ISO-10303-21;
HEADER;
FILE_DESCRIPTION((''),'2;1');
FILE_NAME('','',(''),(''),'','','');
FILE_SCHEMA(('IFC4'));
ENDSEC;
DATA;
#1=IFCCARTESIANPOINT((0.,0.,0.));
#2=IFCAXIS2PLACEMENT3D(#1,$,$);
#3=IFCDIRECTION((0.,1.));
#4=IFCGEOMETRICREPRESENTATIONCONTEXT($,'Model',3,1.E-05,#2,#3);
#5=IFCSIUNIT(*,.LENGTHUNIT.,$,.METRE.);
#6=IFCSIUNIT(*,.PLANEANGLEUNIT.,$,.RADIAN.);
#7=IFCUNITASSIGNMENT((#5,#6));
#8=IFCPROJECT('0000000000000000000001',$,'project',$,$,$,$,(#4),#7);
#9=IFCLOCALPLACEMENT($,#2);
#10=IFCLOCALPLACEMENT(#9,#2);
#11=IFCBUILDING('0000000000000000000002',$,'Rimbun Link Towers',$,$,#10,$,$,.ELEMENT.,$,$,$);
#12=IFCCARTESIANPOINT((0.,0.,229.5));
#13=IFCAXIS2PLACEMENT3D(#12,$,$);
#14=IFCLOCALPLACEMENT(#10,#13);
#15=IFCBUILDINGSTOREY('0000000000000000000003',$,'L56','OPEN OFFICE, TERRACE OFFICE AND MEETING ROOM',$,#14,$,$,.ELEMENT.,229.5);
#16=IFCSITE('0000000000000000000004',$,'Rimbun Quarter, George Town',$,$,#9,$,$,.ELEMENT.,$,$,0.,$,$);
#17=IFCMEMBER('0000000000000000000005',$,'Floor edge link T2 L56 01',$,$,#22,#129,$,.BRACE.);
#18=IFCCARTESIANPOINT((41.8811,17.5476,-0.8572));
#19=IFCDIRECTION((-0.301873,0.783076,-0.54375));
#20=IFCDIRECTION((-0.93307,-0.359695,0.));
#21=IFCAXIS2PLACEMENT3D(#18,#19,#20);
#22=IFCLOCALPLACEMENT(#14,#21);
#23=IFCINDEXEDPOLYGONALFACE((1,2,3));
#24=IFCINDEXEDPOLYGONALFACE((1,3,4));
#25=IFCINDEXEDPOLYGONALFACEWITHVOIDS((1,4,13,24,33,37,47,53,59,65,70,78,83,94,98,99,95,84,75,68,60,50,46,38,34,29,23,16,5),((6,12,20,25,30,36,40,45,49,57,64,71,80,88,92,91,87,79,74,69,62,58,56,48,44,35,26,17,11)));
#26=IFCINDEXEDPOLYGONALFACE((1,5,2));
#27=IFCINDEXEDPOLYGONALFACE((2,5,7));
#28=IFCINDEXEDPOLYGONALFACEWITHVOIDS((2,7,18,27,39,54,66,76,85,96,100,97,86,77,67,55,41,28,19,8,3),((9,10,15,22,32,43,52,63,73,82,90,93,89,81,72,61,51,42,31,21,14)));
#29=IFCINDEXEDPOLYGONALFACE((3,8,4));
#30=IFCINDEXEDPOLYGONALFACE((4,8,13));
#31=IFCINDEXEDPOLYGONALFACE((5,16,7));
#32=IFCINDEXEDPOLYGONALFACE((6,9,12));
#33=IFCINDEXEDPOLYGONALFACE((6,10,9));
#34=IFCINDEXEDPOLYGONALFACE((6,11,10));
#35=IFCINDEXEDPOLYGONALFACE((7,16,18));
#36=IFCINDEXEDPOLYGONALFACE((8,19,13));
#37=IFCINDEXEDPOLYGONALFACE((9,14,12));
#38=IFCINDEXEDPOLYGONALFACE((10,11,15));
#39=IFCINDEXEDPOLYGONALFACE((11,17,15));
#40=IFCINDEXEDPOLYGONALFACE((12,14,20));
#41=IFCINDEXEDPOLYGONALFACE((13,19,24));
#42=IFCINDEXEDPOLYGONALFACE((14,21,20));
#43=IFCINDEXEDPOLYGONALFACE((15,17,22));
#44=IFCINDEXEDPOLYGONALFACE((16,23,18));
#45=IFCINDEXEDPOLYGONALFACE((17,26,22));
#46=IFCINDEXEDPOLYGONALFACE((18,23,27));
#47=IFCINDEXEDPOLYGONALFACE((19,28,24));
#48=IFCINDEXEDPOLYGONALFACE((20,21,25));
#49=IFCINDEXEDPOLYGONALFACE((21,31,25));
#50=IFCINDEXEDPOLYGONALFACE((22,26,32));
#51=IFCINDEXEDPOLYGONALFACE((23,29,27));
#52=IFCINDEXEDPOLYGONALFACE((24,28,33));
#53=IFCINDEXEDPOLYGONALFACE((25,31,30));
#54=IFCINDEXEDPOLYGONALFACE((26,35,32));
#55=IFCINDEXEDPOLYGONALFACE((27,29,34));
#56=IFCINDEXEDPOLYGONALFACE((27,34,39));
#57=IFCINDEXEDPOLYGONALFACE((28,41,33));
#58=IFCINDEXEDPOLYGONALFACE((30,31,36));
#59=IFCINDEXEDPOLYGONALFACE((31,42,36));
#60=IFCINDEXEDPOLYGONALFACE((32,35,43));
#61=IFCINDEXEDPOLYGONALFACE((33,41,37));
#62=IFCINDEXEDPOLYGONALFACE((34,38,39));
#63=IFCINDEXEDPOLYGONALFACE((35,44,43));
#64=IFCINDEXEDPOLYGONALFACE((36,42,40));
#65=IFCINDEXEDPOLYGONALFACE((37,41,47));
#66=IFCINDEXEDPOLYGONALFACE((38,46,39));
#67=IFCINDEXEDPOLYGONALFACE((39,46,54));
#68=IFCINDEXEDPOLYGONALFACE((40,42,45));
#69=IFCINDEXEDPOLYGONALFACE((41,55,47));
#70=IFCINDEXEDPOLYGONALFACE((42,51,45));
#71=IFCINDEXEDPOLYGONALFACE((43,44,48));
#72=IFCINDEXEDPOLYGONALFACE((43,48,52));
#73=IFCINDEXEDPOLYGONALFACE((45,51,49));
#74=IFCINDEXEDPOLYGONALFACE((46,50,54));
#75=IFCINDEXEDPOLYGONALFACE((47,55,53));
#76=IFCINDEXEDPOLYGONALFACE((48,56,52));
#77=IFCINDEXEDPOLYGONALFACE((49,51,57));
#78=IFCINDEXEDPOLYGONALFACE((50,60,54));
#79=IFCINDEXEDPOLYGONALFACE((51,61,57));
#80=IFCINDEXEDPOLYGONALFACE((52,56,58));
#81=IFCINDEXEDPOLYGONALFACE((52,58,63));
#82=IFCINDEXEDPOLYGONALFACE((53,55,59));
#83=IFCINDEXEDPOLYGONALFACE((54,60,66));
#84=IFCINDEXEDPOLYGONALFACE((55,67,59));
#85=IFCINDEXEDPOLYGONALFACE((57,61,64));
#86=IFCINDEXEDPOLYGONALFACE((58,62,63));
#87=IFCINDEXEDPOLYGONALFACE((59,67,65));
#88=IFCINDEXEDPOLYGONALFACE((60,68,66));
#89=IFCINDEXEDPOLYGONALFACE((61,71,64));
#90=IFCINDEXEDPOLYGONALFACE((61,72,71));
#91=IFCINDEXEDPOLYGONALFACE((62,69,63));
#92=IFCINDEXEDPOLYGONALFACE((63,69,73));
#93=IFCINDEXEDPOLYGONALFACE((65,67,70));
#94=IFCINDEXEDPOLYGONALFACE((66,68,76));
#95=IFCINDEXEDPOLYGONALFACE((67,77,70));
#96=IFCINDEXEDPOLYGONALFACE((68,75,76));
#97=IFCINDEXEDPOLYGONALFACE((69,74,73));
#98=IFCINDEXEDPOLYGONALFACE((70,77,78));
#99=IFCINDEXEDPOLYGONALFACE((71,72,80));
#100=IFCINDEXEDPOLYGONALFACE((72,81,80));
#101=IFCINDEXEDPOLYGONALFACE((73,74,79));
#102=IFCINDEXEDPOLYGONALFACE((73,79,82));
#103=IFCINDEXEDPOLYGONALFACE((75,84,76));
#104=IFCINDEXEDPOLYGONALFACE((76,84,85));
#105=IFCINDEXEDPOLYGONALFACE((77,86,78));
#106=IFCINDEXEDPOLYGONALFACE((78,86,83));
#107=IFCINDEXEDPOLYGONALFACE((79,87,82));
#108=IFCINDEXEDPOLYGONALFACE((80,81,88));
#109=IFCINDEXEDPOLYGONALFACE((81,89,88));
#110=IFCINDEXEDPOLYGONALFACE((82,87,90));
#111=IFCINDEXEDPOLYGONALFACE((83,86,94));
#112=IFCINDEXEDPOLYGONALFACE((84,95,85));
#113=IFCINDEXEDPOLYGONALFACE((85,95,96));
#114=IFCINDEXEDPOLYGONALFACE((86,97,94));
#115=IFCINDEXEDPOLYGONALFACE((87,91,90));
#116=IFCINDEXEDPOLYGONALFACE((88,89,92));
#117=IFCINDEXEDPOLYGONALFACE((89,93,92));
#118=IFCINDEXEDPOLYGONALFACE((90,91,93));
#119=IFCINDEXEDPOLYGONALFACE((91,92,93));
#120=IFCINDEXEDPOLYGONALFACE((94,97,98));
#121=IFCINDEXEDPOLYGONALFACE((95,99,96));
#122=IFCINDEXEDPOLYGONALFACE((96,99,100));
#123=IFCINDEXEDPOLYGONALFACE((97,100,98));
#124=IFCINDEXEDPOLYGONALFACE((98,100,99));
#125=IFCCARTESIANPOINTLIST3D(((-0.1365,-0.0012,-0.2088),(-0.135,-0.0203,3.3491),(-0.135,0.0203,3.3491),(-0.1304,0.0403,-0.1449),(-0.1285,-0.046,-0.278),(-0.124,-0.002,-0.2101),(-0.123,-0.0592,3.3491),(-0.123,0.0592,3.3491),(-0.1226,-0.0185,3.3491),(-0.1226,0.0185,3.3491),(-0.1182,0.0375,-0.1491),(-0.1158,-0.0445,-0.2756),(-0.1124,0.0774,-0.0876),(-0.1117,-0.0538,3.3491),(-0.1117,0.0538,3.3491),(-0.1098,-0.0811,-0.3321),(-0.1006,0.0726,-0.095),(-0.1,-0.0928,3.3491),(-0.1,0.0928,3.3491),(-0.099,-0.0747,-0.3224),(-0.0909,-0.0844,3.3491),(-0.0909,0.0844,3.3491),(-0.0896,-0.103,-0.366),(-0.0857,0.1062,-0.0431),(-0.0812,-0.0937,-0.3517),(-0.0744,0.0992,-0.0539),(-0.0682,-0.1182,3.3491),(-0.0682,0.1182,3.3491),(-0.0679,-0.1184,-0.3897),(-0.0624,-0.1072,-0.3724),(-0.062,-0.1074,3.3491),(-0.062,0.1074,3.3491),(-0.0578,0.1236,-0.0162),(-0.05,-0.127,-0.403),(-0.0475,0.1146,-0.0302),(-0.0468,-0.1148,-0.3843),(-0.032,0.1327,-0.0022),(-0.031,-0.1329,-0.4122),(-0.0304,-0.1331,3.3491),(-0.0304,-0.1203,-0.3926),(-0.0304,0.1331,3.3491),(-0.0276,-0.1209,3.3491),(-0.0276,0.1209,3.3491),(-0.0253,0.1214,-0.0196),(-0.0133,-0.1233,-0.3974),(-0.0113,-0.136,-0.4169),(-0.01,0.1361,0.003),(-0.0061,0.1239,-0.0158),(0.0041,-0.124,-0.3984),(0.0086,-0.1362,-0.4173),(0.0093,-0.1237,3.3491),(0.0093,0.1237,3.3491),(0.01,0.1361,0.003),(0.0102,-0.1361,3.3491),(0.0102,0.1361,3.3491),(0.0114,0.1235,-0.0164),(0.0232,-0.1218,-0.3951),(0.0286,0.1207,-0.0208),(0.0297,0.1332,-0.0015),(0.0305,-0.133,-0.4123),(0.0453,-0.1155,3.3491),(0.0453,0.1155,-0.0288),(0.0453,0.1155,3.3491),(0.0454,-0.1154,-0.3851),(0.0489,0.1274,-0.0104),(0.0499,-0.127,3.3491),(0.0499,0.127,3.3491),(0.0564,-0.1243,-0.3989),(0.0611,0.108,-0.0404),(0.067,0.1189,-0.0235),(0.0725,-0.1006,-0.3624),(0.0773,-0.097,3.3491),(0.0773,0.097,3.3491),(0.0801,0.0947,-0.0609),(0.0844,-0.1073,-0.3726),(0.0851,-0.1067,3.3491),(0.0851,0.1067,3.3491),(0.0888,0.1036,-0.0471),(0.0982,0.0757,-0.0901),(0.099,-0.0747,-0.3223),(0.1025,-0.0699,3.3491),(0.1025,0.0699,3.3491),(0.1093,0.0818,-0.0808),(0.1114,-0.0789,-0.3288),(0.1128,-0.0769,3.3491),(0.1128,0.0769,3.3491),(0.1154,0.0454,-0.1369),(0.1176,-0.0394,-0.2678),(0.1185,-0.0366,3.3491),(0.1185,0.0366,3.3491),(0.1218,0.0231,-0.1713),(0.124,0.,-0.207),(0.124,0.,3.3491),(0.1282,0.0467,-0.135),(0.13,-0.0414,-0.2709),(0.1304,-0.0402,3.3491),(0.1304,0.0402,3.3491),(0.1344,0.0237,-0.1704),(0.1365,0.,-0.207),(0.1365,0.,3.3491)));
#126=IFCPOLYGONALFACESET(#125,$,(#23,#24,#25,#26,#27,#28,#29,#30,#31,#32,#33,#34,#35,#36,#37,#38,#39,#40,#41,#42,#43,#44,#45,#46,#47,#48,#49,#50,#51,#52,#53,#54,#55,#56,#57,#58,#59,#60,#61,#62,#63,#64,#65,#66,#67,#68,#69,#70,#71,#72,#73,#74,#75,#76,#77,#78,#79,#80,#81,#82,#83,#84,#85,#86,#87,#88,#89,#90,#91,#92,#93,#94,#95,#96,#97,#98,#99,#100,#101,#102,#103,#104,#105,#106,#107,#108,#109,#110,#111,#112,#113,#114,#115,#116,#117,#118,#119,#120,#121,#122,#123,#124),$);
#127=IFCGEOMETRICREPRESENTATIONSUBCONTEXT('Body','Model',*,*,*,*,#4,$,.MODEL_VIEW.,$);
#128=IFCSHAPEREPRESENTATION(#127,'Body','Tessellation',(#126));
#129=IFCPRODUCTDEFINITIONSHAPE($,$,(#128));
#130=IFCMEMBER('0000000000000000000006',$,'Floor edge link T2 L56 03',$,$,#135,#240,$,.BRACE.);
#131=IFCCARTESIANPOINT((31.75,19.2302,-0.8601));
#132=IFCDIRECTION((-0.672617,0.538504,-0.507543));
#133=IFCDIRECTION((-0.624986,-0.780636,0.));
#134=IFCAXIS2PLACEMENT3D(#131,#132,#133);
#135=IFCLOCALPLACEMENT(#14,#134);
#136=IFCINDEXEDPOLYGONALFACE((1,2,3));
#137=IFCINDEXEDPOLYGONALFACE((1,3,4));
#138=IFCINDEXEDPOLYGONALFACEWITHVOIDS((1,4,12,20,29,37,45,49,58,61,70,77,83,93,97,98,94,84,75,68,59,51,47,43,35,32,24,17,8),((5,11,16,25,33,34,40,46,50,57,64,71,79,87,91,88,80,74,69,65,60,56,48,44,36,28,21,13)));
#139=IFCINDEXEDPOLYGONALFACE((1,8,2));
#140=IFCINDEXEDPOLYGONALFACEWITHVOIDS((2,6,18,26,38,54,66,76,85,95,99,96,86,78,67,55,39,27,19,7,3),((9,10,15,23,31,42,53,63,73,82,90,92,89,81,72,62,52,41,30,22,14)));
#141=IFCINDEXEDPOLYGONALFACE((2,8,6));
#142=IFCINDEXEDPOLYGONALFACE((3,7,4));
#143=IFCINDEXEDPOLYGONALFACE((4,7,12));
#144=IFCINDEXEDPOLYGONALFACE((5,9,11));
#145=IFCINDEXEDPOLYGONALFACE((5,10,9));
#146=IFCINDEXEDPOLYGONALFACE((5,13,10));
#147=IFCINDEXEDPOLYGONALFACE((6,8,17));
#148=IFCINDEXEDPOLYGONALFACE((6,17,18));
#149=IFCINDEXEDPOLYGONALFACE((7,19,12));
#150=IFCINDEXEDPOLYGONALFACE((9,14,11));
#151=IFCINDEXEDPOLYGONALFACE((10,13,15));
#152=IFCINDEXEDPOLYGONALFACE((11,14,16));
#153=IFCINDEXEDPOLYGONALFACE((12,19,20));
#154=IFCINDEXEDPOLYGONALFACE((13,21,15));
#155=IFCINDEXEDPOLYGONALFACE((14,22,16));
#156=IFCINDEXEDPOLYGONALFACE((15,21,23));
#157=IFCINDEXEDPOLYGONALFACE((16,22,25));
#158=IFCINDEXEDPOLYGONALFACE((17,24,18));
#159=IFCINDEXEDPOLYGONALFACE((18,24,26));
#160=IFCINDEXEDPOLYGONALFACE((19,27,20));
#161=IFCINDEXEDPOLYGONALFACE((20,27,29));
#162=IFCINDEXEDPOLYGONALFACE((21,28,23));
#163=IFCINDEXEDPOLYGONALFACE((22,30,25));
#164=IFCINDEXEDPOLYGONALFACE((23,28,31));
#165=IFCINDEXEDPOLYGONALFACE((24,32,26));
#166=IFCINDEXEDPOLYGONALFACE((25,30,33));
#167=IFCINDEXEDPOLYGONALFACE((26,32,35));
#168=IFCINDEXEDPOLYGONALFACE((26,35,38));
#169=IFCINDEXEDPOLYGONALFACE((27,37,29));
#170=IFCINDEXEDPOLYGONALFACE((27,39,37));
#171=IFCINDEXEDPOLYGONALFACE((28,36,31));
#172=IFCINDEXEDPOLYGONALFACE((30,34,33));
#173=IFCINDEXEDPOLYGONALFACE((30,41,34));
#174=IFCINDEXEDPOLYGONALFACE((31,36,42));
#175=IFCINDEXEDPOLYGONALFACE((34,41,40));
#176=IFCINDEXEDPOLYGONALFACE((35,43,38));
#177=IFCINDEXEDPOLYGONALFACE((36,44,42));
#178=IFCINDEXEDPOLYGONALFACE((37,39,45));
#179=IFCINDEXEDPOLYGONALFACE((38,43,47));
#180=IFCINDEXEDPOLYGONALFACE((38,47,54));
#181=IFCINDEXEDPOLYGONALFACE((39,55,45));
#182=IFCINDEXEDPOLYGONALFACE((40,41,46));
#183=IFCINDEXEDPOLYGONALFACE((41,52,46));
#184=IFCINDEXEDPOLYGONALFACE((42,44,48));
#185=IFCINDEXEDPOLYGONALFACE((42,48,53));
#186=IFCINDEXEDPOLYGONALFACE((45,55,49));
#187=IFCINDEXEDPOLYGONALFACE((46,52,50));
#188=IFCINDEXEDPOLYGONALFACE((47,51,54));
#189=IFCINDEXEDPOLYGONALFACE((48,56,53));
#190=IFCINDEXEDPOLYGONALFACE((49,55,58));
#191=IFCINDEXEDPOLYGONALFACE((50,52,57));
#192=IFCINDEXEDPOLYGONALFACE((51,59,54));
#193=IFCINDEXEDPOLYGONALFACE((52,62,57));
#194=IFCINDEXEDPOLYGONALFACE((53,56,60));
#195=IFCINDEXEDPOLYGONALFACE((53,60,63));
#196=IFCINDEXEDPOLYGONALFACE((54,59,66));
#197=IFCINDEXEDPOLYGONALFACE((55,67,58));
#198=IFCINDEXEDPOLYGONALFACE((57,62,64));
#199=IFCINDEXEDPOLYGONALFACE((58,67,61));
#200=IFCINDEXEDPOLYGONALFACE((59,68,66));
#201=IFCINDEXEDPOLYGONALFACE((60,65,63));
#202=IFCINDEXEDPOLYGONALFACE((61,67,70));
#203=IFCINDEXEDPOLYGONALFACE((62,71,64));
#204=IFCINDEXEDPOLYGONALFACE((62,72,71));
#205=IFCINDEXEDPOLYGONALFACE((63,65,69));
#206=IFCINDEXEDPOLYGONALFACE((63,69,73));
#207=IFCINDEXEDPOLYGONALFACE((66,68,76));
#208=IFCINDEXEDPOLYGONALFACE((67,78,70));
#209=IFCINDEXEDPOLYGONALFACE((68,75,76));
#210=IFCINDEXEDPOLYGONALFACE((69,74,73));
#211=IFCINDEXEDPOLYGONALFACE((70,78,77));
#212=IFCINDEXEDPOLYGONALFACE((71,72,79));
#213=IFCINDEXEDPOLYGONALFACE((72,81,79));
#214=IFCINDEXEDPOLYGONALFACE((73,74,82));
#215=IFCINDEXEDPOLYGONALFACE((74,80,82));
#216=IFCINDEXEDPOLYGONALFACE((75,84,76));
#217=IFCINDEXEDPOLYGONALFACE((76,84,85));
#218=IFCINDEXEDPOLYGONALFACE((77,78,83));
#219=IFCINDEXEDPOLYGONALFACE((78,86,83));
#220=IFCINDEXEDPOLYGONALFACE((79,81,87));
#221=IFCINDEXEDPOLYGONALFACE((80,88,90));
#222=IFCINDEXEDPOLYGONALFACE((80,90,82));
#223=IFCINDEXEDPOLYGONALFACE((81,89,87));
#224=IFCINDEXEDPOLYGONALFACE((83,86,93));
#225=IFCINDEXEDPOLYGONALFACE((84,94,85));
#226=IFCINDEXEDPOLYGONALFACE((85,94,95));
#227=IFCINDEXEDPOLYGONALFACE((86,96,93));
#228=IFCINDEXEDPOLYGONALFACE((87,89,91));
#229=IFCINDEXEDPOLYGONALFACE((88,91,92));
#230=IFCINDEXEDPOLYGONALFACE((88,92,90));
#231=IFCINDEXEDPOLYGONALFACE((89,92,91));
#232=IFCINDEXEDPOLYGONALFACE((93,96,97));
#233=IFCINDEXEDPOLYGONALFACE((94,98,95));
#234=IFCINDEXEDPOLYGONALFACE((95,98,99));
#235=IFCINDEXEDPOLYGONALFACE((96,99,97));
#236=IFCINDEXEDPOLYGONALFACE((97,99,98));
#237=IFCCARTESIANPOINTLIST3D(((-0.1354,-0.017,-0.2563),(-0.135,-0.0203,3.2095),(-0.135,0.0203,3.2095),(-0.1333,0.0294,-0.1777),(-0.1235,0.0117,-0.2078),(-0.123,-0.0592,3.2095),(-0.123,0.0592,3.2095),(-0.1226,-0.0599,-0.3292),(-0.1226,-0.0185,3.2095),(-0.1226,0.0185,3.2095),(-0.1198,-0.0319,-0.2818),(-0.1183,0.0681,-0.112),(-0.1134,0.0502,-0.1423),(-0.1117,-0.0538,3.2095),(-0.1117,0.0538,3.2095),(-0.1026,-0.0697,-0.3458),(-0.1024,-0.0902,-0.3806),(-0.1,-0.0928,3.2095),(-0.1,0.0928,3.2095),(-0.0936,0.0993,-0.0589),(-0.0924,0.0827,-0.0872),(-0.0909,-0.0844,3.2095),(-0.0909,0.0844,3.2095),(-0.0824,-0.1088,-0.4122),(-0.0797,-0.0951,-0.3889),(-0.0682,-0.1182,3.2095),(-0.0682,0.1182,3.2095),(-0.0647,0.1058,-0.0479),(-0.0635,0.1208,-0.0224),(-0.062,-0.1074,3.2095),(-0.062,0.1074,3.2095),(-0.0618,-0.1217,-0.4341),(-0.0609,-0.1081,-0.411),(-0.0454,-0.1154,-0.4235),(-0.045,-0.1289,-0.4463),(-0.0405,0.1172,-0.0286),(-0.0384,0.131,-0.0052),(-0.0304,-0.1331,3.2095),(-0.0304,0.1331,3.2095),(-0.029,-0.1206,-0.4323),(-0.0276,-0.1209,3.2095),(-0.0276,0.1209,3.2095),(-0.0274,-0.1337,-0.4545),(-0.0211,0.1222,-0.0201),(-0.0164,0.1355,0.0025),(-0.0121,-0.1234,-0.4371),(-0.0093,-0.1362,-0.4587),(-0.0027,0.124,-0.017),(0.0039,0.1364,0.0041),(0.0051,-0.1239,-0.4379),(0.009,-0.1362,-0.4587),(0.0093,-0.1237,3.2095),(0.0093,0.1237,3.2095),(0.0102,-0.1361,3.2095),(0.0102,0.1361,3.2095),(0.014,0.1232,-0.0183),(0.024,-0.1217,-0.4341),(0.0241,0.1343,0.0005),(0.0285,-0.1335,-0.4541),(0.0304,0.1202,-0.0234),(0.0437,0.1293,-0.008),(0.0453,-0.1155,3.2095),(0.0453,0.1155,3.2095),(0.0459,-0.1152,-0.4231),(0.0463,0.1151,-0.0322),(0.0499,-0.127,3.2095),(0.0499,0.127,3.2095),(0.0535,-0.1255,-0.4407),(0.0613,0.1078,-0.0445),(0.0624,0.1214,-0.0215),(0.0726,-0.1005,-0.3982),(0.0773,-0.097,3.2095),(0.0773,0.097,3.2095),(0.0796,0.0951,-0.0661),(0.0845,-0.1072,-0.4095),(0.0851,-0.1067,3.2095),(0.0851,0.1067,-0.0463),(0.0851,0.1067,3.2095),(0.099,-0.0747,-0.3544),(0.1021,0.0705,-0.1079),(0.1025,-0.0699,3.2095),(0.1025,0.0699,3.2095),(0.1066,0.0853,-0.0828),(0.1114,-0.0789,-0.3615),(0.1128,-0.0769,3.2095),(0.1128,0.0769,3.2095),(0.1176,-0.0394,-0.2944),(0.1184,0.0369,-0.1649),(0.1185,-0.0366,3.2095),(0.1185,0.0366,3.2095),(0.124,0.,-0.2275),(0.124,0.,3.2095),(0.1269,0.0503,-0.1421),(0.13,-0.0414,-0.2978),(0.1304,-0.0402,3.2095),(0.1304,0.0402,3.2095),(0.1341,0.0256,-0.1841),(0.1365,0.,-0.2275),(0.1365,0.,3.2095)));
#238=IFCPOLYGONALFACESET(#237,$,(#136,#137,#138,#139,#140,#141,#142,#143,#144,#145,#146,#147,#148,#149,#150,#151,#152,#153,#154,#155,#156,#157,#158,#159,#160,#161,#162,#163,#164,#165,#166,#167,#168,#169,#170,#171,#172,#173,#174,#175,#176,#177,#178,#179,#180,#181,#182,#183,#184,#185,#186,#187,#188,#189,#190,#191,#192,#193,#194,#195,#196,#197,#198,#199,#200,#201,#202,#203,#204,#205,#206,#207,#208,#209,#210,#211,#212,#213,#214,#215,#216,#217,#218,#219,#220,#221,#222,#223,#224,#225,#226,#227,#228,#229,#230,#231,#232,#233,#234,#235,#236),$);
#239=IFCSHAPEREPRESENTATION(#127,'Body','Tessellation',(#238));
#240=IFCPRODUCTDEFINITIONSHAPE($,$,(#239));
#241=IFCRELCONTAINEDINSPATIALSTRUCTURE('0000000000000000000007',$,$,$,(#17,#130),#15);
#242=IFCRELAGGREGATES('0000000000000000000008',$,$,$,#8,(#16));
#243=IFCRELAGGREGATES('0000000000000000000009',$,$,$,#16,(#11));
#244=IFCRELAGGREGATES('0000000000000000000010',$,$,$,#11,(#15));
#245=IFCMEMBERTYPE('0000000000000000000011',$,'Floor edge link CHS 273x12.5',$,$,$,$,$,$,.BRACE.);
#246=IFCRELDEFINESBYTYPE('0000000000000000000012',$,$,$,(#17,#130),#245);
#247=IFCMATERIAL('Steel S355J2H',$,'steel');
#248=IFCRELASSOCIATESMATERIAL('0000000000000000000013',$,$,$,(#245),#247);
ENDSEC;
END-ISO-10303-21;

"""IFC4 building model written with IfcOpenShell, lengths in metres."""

from ifc_helpers import new_model, si_unit, direction, frame, origin, origin_2d, place, context, subcontext, project, spatial, hollow_circle, extrude, clip, halfspace, material, material_profile, profile_set, type_object, element, save


model = new_model("IFC4")

# Units and contexts
model_context = context("Model", 3, precision=1e-05, world=origin(), true_north=direction((0.0, 1.0)))
body_context = subcontext(model_context, "Body", "Model", "MODEL_VIEW")
ifc_project = project(units=[si_unit("LENGTHUNIT", "METRE"), si_unit("PLANEANGLEUNIT", "RADIAN")], contexts=[model_context])

# Site, building, storey
site_placement = place(None, origin())
site = spatial("IfcSite", under=ifc_project, at=site_placement, Name="Rimbun Quarter, George Town", CompositionType="ELEMENT", RefElevation=0.0)
building_placement = place(site_placement, origin())
building = spatial("IfcBuilding", under=site, at=building_placement, Name="Rimbun Link Towers", CompositionType="ELEMENT")
storey_placement = place(building_placement, frame((0.0, 0.0, 229.5)))
storey = spatial("IfcBuildingStorey", under=building, at=storey_placement, Name="L56", Description="OPEN OFFICE, TERRACE OFFICE AND MEETING ROOM", CompositionType="ELEMENT", Elevation=229.5)

# Members
ifc_material_1 = material(Name="Steel S355J2H", Category="steel")
ifc_material_profile_1 = material_profile(ifc_material_1, hollow_circle(Radius=0.1365, WallThickness=0.0125, at=origin_2d()), Name="CHS 273x12.5")
ifc_profile_set_1 = profile_set([ifc_material_profile_1], Name="Steel S355J2H")
member_type_1 = type_object("IfcMemberType", Name="Floor edge link CHS 273x12.5", PredefinedType="BRACE", material=ifc_profile_set_1)
member_1_placement = place(storey_placement, frame((41.8811, 17.5476, -0.8572), z_axis=(-0.301873, 0.783076, -0.54375), x_axis=(-0.93307, -0.359695, 0.0)))
element("IfcMember", 1, at=member_1_placement, inside=storey, type_object=member_type_1, Name="Floor edge link T2 L56 01", PredefinedType="BRACE", context=body_context, shape_type="Clipping", body=[
    clip(extrude(hollow_circle(Radius=0.1365, WallThickness=0.0125, at=origin_2d()), frame((0.0, 0.0, -0.4397)), (0.0, 0.0, 1.0), 3.7888), halfspace(frame((0.0, 0.0, -0.207), z_axis=(0.0, 0.839247, -0.54375)), False)),
])
member_2_placement = place(storey_placement, frame((31.75, 19.2302, -0.8601), z_axis=(-0.672617, 0.538504, -0.507543), x_axis=(-0.624986, -0.780636, 0.0)))
element("IfcMember", 2, at=member_2_placement, inside=storey, type_object=member_type_1, Name="Floor edge link T2 L56 03", PredefinedType="BRACE", context=body_context, shape_type="Clipping", body=[
    clip(extrude(hollow_circle(Radius=0.1365, WallThickness=0.0125, at=origin_2d()), frame((0.0, 0.0, -0.4832)), (0.0, 0.0, 1.0), 3.6926), halfspace(frame((0.0, 0.0, -0.2275), z_axis=(0.0, 0.861626, -0.507543)), False)),
])

save(model, "model.ifc")
